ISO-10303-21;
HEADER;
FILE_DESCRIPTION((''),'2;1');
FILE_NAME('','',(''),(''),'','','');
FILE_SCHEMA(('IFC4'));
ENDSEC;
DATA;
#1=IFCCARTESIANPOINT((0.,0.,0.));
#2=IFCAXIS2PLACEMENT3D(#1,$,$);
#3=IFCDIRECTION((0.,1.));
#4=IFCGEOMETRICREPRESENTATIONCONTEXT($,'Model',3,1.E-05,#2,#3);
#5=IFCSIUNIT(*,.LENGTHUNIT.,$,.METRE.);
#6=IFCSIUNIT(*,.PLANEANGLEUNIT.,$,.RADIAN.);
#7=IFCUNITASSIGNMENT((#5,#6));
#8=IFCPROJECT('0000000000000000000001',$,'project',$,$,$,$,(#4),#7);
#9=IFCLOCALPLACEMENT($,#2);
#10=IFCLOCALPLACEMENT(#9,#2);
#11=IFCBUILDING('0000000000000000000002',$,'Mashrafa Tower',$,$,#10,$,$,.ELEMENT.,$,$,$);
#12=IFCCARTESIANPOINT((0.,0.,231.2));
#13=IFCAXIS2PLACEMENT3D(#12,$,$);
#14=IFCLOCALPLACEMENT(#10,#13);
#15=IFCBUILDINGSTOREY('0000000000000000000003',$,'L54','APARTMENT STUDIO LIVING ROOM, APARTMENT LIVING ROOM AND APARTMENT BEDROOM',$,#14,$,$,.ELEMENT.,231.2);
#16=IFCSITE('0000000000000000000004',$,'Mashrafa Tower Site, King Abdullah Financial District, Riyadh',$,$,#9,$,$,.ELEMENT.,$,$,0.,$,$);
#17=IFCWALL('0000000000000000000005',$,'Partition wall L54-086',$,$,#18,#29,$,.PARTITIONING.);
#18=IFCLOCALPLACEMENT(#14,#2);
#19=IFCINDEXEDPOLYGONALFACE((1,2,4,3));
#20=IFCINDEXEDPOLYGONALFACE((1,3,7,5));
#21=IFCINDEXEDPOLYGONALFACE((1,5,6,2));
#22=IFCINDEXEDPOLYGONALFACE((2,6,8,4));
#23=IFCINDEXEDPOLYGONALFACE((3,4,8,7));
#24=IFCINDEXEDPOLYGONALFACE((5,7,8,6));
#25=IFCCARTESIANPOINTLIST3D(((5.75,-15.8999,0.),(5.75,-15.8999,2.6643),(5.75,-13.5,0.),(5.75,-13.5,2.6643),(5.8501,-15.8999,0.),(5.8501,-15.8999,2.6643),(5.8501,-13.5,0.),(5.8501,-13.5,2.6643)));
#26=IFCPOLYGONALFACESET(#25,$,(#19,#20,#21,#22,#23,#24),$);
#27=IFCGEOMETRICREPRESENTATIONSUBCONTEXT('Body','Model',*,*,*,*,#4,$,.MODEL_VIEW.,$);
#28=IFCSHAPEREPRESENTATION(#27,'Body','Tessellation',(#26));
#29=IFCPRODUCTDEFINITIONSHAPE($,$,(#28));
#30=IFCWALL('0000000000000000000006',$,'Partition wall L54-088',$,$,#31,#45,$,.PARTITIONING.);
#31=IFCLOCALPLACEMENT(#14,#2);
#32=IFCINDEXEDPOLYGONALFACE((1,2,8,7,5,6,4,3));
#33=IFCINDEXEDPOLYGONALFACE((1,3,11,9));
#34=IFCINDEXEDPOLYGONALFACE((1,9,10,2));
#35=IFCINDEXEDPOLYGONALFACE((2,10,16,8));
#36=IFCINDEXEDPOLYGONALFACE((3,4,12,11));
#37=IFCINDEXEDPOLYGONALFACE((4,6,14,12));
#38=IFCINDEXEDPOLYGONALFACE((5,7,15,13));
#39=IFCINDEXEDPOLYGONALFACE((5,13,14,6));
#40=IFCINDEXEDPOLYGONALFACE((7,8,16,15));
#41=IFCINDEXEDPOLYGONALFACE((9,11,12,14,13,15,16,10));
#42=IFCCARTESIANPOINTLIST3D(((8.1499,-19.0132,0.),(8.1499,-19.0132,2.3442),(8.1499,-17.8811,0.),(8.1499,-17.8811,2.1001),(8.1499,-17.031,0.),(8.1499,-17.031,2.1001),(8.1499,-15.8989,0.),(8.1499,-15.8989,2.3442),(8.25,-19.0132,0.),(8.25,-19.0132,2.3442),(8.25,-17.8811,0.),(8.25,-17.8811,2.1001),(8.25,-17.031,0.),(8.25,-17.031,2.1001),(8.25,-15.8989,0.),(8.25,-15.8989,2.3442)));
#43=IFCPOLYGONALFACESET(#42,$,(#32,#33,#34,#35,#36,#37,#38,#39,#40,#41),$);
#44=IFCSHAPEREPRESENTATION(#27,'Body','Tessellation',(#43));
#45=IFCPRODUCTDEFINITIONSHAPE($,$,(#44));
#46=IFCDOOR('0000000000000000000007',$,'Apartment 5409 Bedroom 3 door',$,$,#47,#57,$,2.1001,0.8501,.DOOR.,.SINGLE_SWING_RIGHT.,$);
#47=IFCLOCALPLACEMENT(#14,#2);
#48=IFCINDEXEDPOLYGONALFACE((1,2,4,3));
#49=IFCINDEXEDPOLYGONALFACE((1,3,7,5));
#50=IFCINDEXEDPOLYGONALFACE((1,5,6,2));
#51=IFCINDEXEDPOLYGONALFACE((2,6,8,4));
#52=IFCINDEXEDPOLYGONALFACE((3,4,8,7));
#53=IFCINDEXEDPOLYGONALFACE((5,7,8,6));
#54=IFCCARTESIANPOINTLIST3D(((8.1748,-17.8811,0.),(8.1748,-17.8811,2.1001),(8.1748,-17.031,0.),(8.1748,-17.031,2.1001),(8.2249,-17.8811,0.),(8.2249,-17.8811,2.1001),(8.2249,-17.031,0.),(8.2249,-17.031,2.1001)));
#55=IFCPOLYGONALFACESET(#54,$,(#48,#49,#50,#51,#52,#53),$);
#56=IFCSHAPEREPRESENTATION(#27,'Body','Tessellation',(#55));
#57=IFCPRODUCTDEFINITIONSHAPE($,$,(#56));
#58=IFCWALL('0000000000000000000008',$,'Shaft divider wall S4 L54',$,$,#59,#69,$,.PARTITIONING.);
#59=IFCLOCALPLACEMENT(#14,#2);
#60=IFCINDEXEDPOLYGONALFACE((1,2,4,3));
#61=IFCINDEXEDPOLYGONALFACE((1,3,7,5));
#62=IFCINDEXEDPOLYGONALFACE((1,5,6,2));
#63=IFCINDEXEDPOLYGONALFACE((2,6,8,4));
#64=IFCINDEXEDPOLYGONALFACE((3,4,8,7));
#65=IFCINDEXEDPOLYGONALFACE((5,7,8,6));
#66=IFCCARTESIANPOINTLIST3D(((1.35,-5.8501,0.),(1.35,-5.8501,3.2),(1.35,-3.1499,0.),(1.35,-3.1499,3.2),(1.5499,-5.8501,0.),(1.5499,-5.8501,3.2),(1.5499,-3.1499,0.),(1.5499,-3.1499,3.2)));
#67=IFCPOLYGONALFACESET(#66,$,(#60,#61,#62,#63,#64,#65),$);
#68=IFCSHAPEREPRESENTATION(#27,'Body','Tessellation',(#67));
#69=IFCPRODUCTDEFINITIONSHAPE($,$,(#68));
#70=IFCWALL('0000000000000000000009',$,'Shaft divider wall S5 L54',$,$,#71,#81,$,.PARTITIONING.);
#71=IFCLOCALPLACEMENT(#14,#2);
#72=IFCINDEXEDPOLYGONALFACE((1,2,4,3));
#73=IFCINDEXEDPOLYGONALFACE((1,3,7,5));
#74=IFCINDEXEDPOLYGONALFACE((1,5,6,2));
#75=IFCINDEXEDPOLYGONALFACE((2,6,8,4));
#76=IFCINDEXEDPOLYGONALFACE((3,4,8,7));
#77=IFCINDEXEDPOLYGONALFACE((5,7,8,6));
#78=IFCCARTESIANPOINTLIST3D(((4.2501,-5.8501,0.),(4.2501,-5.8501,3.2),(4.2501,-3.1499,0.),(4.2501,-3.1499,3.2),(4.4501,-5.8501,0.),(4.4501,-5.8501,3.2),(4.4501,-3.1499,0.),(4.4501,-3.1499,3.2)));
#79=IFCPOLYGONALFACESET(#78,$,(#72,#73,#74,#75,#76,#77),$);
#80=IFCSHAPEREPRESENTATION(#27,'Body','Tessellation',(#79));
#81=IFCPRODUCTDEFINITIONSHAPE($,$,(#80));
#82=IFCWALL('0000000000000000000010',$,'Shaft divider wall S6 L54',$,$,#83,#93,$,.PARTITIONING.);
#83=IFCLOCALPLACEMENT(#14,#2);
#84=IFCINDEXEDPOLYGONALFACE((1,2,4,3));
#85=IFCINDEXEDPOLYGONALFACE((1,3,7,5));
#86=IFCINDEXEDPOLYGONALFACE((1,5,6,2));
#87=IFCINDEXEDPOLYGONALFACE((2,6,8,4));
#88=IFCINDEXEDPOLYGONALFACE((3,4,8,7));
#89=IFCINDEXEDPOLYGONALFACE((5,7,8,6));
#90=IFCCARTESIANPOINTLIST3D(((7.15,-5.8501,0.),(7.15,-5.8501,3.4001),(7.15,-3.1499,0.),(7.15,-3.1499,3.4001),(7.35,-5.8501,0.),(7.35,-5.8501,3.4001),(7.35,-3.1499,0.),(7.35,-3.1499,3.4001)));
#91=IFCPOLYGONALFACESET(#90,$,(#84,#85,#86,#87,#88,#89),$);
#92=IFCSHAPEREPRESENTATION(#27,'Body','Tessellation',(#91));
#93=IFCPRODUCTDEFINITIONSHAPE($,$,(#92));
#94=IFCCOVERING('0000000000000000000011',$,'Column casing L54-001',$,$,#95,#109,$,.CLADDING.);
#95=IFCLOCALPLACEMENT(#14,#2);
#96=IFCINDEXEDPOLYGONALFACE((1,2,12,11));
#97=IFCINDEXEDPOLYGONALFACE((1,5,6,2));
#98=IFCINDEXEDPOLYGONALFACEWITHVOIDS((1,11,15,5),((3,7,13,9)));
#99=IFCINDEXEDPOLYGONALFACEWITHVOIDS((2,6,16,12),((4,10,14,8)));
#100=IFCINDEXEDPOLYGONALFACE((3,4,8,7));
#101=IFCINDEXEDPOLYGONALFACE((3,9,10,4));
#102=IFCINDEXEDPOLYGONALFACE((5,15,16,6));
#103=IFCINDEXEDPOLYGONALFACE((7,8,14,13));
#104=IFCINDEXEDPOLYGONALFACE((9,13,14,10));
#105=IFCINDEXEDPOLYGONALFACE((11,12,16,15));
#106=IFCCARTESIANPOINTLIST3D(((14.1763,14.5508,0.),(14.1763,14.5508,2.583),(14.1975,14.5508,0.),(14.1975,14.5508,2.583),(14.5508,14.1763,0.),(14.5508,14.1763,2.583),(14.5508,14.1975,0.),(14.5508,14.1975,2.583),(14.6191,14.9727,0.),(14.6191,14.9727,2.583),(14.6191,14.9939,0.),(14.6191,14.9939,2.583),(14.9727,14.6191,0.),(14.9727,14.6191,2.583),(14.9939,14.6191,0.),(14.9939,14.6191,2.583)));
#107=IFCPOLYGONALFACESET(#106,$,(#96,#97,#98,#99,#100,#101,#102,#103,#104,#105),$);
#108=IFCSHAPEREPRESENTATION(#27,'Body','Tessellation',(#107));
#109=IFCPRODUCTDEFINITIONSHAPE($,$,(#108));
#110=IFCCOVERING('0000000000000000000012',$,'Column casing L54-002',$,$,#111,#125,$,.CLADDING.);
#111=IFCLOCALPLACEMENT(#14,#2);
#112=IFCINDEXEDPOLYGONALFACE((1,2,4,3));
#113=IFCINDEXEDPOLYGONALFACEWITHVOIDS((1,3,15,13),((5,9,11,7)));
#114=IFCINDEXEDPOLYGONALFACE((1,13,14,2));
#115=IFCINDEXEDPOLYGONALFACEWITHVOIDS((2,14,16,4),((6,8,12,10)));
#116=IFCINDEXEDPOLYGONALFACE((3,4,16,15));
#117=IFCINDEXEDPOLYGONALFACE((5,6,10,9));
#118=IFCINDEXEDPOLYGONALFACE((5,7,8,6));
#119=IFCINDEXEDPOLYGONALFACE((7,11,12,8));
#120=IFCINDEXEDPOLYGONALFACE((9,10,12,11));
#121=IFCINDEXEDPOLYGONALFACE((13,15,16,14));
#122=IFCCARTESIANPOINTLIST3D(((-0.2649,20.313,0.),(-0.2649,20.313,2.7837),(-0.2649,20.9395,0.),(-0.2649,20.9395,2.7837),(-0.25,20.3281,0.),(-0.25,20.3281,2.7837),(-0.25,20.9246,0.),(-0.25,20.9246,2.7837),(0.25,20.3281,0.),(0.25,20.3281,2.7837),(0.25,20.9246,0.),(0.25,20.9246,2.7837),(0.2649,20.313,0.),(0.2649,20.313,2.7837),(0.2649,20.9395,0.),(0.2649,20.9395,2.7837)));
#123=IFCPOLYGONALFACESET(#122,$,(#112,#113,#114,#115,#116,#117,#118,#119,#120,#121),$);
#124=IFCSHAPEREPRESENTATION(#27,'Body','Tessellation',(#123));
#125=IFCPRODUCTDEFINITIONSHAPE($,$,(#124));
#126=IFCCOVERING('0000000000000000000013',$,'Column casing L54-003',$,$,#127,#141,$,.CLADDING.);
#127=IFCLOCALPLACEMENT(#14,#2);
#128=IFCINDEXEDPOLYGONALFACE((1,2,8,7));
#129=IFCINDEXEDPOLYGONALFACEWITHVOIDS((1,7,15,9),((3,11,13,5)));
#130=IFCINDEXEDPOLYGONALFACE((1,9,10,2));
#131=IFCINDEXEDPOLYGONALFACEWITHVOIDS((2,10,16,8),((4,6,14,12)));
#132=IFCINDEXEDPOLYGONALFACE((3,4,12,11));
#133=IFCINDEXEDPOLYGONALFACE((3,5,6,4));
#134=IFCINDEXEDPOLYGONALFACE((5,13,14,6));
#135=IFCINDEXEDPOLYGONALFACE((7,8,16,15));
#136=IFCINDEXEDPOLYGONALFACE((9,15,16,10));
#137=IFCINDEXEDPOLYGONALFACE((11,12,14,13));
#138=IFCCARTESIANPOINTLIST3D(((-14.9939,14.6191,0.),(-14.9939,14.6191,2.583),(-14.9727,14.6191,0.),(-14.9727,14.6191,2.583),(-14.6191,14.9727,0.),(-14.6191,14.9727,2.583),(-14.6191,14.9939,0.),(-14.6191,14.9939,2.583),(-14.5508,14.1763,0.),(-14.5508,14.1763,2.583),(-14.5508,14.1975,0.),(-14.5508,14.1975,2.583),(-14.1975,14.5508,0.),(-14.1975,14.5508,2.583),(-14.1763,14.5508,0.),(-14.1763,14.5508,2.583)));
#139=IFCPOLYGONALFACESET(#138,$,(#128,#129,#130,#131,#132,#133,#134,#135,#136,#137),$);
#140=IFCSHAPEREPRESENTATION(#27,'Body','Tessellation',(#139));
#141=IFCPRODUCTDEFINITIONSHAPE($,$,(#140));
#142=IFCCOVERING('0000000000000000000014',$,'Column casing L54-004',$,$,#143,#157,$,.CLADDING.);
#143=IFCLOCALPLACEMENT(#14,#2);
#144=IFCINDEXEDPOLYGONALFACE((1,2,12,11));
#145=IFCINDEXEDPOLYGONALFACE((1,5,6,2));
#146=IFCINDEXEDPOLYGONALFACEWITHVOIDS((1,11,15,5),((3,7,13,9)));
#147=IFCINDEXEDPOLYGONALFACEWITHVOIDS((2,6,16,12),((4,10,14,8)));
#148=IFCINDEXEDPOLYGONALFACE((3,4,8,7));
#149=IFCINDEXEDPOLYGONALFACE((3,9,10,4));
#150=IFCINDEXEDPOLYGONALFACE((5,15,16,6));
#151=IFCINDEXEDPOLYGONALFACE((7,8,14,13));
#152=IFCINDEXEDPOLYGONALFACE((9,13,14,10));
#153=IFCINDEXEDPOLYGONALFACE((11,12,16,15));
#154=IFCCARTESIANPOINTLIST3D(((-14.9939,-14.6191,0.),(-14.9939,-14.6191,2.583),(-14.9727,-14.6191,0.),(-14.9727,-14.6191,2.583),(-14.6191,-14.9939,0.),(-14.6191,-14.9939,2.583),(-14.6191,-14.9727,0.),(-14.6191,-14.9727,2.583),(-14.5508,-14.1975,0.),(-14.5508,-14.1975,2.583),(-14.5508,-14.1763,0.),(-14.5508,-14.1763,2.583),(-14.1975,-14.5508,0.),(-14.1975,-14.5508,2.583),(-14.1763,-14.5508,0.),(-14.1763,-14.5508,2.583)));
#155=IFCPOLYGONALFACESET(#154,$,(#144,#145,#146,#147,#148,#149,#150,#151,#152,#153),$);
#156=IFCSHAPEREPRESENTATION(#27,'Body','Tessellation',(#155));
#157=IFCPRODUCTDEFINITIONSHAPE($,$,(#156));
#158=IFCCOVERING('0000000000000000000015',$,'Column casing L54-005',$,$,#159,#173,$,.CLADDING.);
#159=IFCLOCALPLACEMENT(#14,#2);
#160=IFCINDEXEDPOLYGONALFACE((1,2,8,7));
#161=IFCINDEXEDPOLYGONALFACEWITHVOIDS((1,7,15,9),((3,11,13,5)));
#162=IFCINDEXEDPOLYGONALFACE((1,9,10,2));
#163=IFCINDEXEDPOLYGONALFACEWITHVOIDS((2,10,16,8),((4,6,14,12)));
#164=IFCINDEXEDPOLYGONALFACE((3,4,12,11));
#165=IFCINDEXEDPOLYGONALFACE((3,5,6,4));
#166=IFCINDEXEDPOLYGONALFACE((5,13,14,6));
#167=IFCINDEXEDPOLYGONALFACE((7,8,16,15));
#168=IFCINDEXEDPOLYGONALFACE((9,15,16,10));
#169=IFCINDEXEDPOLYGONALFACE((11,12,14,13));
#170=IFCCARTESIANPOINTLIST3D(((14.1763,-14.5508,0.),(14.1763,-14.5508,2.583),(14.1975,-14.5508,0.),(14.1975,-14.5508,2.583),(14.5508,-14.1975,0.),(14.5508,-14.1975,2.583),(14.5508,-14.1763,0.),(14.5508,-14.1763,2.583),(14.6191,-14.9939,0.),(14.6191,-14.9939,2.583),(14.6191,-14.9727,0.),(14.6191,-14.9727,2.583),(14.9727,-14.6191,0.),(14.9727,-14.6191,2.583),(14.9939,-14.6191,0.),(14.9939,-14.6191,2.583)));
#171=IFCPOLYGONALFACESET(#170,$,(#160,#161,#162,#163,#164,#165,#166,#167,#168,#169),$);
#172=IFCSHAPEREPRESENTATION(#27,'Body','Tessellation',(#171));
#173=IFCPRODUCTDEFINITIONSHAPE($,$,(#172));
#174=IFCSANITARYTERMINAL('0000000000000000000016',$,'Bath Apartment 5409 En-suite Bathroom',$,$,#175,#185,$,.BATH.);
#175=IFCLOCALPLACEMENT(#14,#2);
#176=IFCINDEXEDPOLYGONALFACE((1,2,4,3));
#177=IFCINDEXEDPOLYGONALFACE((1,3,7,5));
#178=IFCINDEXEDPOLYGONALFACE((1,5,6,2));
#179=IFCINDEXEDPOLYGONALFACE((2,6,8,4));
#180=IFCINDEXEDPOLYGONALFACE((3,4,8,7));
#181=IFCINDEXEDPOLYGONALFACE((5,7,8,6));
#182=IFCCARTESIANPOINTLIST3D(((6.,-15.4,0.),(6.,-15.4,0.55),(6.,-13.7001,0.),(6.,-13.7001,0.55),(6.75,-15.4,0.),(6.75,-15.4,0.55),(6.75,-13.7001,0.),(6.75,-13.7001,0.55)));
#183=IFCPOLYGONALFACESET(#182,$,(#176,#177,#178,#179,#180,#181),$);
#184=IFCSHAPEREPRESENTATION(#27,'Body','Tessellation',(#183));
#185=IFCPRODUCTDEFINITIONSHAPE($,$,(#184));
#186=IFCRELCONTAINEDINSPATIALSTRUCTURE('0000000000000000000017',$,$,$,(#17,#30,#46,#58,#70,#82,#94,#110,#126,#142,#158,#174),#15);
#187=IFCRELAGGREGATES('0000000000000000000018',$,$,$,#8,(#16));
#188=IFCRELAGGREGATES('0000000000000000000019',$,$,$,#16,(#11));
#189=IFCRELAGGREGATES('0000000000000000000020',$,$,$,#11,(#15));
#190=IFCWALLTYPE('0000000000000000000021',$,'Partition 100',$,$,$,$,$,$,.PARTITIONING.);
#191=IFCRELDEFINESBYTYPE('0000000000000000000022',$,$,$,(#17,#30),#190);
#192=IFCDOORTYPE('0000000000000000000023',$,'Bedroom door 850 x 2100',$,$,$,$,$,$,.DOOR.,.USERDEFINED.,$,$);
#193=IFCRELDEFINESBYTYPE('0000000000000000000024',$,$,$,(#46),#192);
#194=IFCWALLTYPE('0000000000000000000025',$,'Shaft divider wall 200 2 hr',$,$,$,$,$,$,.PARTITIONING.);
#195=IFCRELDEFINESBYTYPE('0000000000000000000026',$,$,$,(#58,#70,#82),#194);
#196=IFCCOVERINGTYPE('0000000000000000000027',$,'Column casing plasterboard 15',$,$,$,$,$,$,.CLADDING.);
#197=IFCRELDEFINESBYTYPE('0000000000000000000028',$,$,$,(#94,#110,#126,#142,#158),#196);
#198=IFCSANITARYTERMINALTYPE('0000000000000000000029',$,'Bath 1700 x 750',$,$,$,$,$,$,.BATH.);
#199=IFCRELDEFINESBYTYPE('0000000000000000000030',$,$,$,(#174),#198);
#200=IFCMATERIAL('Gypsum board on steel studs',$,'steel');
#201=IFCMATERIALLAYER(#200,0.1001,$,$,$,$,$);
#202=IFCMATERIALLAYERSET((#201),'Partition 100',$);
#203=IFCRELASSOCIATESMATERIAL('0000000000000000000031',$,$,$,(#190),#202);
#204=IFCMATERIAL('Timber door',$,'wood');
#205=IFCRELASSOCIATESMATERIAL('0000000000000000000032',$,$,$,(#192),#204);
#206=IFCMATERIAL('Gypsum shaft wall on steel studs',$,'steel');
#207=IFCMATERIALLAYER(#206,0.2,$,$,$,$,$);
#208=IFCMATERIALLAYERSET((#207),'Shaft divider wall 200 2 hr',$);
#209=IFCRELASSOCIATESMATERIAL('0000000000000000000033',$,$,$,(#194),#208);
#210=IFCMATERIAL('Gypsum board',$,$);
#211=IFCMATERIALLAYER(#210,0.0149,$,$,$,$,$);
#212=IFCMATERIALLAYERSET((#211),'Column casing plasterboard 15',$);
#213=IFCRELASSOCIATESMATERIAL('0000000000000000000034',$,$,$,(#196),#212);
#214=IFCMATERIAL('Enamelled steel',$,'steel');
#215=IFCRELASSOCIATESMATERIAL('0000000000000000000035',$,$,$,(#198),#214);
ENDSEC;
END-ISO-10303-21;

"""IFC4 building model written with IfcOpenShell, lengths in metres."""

from ifc_helpers import new_model, si_unit, direction, frame, frame_2d, origin, origin_2d, place, context, subcontext, project, spatial, polyline, rectangle, outline, extrude, material, layer, layer_set, type_object, element, fill, save


model = new_model("IFC4")

# Units and contexts
model_context = context("Model", 3, precision=1e-05, world=origin(), true_north=direction((0.0, 1.0)))
body_context = subcontext(model_context, "Body", "Model", "MODEL_VIEW")
ifc_project = project(units=[si_unit("LENGTHUNIT", "METRE"), si_unit("PLANEANGLEUNIT", "RADIAN")], contexts=[model_context])

# Site, building, storey
site_placement = place(None, origin())
site = spatial("IfcSite", under=ifc_project, at=site_placement, Name="Mashrafa Tower Site, King Abdullah Financial District, Riyadh", CompositionType="ELEMENT", RefElevation=0.0)
building_placement = place(site_placement, origin())
building = spatial("IfcBuilding", under=site, at=building_placement, Name="Mashrafa Tower", CompositionType="ELEMENT")
storey_placement = place(building_placement, frame((0.0, 0.0, 231.2)))
storey = spatial("IfcBuildingStorey", under=building, at=storey_placement, Name="L54", Description="APARTMENT STUDIO LIVING ROOM, APARTMENT LIVING ROOM AND APARTMENT BEDROOM", CompositionType="ELEMENT", Elevation=231.2)

# Wall
ifc_material_1 = material(Name="Gypsum board on steel studs", Category="steel")
ifc_layer_1 = layer(ifc_material_1, 0.1001)
ifc_layer_set_1 = layer_set([ifc_layer_1], Name="Partition 100")
wall_type_1 = type_object("IfcWallType", Name="Partition 100", PredefinedType="PARTITIONING", material=ifc_layer_set_1)
wall_1_placement = place(storey_placement, frame((5.8, -13.5, 0.0), z_axis=(0.0, 0.0, 1.0), x_axis=(0.0, -1.0, 0.0)))
element("IfcWall", 1, at=wall_1_placement, inside=storey, type_object=wall_type_1, Name="Partition wall L54-086", PredefinedType="PARTITIONING", context=body_context, shape_type="SweptSolid", body=[
    extrude(rectangle(XDim=2.3999, YDim=0.1001, at=frame_2d((1.2, 0.0))), origin(), (0.0, 0.0, 1.0), 2.6643),
])

# Wall, opening, door
wall_2_placement = place(storey_placement, frame((8.2, -15.8989, 0.0), z_axis=(0.0, 0.0, 1.0), x_axis=(0.0, -1.0, 0.0)))
wall_2 = element("IfcWall", 2, at=wall_2_placement, inside=storey, type_object=wall_type_1, Name="Partition wall L54-088", PredefinedType="PARTITIONING", context=body_context, shape_type="SweptSolid", body=[
    extrude(rectangle(XDim=3.1143, YDim=0.1001, at=frame_2d((1.5571, 0.0))), origin(), (0.0, 0.0, 1.0), 2.3442),
])
opening_1_placement = place(wall_2_placement, frame((1.1321, 0.0, 0.0)))
opening_1 = element("IfcOpeningElement", 3, at=opening_1_placement, cuts=wall_2, PredefinedType="OPENING", context=body_context, shape_type="SweptSolid", body=[
    extrude(rectangle(XDim=0.8501, YDim=2.1001, at=frame_2d((0.425, 1.05))), frame((0.0, 0.0601, 0.0), z_axis=(0.0, -1.0, 0.0), x_axis=(1.0, 0.0, 0.0)), (0.0, 0.0, 1.0), 0.1201),
])
ifc_material_2 = material(Name="Timber door", Category="wood")
door_type_1 = type_object("IfcDoorType", Name="Bedroom door 850 x 2100", OperationType="USERDEFINED", PredefinedType="DOOR", material=ifc_material_2)
door_1_placement = place(opening_1_placement, origin())
door_1 = element("IfcDoor", 4, at=door_1_placement, inside=storey, type_object=door_type_1, Name="Apartment 5409 Bedroom 3 door", OperationType="SINGLE_SWING_RIGHT", OverallHeight=2.1001, OverallWidth=0.8501, PredefinedType="DOOR", context=body_context, shape_type="SweptSolid", body=[
    extrude(rectangle(XDim=0.8501, YDim=2.1001, at=frame_2d((0.425, 1.05))), frame((0.0, 0.0249, 0.0), z_axis=(0.0, -1.0, 0.0), x_axis=(1.0, 0.0, 0.0)), (0.0, 0.0, 1.0), 0.05),
])
fill(opening_1, door_1)

# Walls
ifc_material_3 = material(Name="Gypsum shaft wall on steel studs", Category="steel")
ifc_layer_2 = layer(ifc_material_3, 0.2)
ifc_layer_set_2 = layer_set([ifc_layer_2], Name="Shaft divider wall 200 2 hr")
wall_type_2 = type_object("IfcWallType", Name="Shaft divider wall 200 2 hr", PredefinedType="PARTITIONING", material=ifc_layer_set_2)
for number, where, z_axis, x_axis, name in (
    (5, (1.45, -5.8501, 0.0), (0.0, 0.0, 1.0), (0.0, 1.0, 0.0), "Shaft divider wall S4 L54"),
    (6, (4.3501, -5.8501, 0.0), (0.0, 0.0, 1.0), (0.0, 1.0, 0.0), "Shaft divider wall S5 L54"),
):
    element("IfcWall", number, at=place(storey_placement, frame(where, z_axis=z_axis, x_axis=x_axis)), inside=storey, type_object=wall_type_2, Name=name, PredefinedType="PARTITIONING", context=body_context, shape_type="SweptSolid", body=[
        extrude(rectangle(XDim=2.7002, YDim=0.2, at=frame_2d((1.3501, 0.0))), origin(), (0.0, 0.0, 1.0), 3.2),
    ])
wall_3_placement = place(storey_placement, frame((7.25, -5.8501, 0.0), z_axis=(0.0, 0.0, 1.0), x_axis=(0.0, 1.0, 0.0)))
element("IfcWall", 7, at=wall_3_placement, inside=storey, type_object=wall_type_2, Name="Shaft divider wall S6 L54", PredefinedType="PARTITIONING", context=body_context, shape_type="SweptSolid", body=[
    extrude(rectangle(XDim=2.7002, YDim=0.2, at=frame_2d((1.3501, 0.0))), origin(), (0.0, 0.0, 1.0), 3.4001),
])

# Coverings
ifc_material_4 = material(Name="Gypsum board")
ifc_layer_3 = layer(ifc_material_4, 0.0149)
ifc_layer_set_3 = layer_set([ifc_layer_3], Name="Column casing plasterboard 15")
covering_type = type_object("IfcCoveringType", Name="Column casing plasterboard 15", PredefinedType="CLADDING", material=ifc_layer_set_3)
covering_1_placement = place(storey_placement, origin())
element("IfcCovering", 8, at=covering_1_placement, inside=storey, type_object=covering_type, Name="Column casing L54-001", PredefinedType="CLADDING", context=body_context, shape_type="SweptSolid", body=[
    extrude(outline(polyline([(14.1763, 14.5508), (14.6191, 14.9939), (14.9939, 14.6191), (14.5508, 14.1763), (14.1763, 14.5508)]), holes=[polyline([(14.9727, 14.6191), (14.6191, 14.9727), (14.1975, 14.5508), (14.5508, 14.1975), (14.9727, 14.6191)])]), origin(), (0.0, 0.0, 1.0), 2.583),
])
covering_2_placement = place(storey_placement, origin())
element("IfcCovering", 9, at=covering_2_placement, inside=storey, type_object=covering_type, Name="Column casing L54-002", PredefinedType="CLADDING", context=body_context, shape_type="SweptSolid", body=[
    extrude(outline(polyline([(-0.2649, 20.9395), (0.2649, 20.9395), (0.2649, 20.313), (-0.2649, 20.313), (-0.2649, 20.9395)]), holes=[polyline([(0.25, 20.3281), (0.25, 20.9246), (-0.25, 20.9246), (-0.25, 20.3281), (0.25, 20.3281)])]), origin(), (0.0, 0.0, 1.0), 2.7837),
])
covering_3_placement = place(storey_placement, origin())
element("IfcCovering", 10, at=covering_3_placement, inside=storey, type_object=covering_type, Name="Column casing L54-003", PredefinedType="CLADDING", context=body_context, shape_type="SweptSolid", body=[
    extrude(outline(polyline([(-14.9939, 14.6191), (-14.6191, 14.9939), (-14.1763, 14.5508), (-14.5508, 14.1763), (-14.9939, 14.6191)]), holes=[polyline([(-14.1975, 14.5508), (-14.6191, 14.9727), (-14.9727, 14.6191), (-14.5508, 14.1975), (-14.1975, 14.5508)])]), origin(), (0.0, 0.0, 1.0), 2.583),
])
covering_4_placement = place(storey_placement, origin())
element("IfcCovering", 11, at=covering_4_placement, inside=storey, type_object=covering_type, Name="Column casing L54-004", PredefinedType="CLADDING", context=body_context, shape_type="SweptSolid", body=[
    extrude(outline(polyline([(-14.9939, -14.6191), (-14.5508, -14.1763), (-14.1763, -14.5508), (-14.6191, -14.9939), (-14.9939, -14.6191)]), holes=[polyline([(-14.1975, -14.5508), (-14.5508, -14.1975), (-14.9727, -14.6191), (-14.6191, -14.9727), (-14.1975, -14.5508)])]), origin(), (0.0, 0.0, 1.0), 2.583),
])
covering_5_placement = place(storey_placement, origin())
element("IfcCovering", 12, at=covering_5_placement, inside=storey, type_object=covering_type, Name="Column casing L54-005", PredefinedType="CLADDING", context=body_context, shape_type="SweptSolid", body=[
    extrude(outline(polyline([(14.1763, -14.5508), (14.5508, -14.1763), (14.9939, -14.6191), (14.6191, -14.9939), (14.1763, -14.5508)]), holes=[polyline([(14.9727, -14.6191), (14.5508, -14.1975), (14.1975, -14.5508), (14.6191, -14.9727), (14.9727, -14.6191)])]), origin(), (0.0, 0.0, 1.0), 2.583),
])

# Sanitary terminal
ifc_material_5 = material(Name="Enamelled steel", Category="steel")
sanitary_terminal_type_1 = type_object("IfcSanitaryTerminalType", Name="Bath 1700 x 750", PredefinedType="BATH", material=ifc_material_5)
sanitary_terminal_1_placement = place(storey_placement, frame((6.375, -14.55, 0.0), z_axis=(0.0, 0.0, 1.0), x_axis=(0.0, -1.0, 0.0)))
element("IfcSanitaryTerminal", 13, at=sanitary_terminal_1_placement, inside=storey, type_object=sanitary_terminal_type_1, Name="Bath Apartment 5409 En-suite Bathroom", PredefinedType="BATH", context=body_context, shape_type="SweptSolid", body=[
    extrude(rectangle(XDim=1.7, YDim=0.75, at=origin_2d()), origin(), (0.0, 0.0, 1.0), 0.55),
])

save(model, "model.ifc")
